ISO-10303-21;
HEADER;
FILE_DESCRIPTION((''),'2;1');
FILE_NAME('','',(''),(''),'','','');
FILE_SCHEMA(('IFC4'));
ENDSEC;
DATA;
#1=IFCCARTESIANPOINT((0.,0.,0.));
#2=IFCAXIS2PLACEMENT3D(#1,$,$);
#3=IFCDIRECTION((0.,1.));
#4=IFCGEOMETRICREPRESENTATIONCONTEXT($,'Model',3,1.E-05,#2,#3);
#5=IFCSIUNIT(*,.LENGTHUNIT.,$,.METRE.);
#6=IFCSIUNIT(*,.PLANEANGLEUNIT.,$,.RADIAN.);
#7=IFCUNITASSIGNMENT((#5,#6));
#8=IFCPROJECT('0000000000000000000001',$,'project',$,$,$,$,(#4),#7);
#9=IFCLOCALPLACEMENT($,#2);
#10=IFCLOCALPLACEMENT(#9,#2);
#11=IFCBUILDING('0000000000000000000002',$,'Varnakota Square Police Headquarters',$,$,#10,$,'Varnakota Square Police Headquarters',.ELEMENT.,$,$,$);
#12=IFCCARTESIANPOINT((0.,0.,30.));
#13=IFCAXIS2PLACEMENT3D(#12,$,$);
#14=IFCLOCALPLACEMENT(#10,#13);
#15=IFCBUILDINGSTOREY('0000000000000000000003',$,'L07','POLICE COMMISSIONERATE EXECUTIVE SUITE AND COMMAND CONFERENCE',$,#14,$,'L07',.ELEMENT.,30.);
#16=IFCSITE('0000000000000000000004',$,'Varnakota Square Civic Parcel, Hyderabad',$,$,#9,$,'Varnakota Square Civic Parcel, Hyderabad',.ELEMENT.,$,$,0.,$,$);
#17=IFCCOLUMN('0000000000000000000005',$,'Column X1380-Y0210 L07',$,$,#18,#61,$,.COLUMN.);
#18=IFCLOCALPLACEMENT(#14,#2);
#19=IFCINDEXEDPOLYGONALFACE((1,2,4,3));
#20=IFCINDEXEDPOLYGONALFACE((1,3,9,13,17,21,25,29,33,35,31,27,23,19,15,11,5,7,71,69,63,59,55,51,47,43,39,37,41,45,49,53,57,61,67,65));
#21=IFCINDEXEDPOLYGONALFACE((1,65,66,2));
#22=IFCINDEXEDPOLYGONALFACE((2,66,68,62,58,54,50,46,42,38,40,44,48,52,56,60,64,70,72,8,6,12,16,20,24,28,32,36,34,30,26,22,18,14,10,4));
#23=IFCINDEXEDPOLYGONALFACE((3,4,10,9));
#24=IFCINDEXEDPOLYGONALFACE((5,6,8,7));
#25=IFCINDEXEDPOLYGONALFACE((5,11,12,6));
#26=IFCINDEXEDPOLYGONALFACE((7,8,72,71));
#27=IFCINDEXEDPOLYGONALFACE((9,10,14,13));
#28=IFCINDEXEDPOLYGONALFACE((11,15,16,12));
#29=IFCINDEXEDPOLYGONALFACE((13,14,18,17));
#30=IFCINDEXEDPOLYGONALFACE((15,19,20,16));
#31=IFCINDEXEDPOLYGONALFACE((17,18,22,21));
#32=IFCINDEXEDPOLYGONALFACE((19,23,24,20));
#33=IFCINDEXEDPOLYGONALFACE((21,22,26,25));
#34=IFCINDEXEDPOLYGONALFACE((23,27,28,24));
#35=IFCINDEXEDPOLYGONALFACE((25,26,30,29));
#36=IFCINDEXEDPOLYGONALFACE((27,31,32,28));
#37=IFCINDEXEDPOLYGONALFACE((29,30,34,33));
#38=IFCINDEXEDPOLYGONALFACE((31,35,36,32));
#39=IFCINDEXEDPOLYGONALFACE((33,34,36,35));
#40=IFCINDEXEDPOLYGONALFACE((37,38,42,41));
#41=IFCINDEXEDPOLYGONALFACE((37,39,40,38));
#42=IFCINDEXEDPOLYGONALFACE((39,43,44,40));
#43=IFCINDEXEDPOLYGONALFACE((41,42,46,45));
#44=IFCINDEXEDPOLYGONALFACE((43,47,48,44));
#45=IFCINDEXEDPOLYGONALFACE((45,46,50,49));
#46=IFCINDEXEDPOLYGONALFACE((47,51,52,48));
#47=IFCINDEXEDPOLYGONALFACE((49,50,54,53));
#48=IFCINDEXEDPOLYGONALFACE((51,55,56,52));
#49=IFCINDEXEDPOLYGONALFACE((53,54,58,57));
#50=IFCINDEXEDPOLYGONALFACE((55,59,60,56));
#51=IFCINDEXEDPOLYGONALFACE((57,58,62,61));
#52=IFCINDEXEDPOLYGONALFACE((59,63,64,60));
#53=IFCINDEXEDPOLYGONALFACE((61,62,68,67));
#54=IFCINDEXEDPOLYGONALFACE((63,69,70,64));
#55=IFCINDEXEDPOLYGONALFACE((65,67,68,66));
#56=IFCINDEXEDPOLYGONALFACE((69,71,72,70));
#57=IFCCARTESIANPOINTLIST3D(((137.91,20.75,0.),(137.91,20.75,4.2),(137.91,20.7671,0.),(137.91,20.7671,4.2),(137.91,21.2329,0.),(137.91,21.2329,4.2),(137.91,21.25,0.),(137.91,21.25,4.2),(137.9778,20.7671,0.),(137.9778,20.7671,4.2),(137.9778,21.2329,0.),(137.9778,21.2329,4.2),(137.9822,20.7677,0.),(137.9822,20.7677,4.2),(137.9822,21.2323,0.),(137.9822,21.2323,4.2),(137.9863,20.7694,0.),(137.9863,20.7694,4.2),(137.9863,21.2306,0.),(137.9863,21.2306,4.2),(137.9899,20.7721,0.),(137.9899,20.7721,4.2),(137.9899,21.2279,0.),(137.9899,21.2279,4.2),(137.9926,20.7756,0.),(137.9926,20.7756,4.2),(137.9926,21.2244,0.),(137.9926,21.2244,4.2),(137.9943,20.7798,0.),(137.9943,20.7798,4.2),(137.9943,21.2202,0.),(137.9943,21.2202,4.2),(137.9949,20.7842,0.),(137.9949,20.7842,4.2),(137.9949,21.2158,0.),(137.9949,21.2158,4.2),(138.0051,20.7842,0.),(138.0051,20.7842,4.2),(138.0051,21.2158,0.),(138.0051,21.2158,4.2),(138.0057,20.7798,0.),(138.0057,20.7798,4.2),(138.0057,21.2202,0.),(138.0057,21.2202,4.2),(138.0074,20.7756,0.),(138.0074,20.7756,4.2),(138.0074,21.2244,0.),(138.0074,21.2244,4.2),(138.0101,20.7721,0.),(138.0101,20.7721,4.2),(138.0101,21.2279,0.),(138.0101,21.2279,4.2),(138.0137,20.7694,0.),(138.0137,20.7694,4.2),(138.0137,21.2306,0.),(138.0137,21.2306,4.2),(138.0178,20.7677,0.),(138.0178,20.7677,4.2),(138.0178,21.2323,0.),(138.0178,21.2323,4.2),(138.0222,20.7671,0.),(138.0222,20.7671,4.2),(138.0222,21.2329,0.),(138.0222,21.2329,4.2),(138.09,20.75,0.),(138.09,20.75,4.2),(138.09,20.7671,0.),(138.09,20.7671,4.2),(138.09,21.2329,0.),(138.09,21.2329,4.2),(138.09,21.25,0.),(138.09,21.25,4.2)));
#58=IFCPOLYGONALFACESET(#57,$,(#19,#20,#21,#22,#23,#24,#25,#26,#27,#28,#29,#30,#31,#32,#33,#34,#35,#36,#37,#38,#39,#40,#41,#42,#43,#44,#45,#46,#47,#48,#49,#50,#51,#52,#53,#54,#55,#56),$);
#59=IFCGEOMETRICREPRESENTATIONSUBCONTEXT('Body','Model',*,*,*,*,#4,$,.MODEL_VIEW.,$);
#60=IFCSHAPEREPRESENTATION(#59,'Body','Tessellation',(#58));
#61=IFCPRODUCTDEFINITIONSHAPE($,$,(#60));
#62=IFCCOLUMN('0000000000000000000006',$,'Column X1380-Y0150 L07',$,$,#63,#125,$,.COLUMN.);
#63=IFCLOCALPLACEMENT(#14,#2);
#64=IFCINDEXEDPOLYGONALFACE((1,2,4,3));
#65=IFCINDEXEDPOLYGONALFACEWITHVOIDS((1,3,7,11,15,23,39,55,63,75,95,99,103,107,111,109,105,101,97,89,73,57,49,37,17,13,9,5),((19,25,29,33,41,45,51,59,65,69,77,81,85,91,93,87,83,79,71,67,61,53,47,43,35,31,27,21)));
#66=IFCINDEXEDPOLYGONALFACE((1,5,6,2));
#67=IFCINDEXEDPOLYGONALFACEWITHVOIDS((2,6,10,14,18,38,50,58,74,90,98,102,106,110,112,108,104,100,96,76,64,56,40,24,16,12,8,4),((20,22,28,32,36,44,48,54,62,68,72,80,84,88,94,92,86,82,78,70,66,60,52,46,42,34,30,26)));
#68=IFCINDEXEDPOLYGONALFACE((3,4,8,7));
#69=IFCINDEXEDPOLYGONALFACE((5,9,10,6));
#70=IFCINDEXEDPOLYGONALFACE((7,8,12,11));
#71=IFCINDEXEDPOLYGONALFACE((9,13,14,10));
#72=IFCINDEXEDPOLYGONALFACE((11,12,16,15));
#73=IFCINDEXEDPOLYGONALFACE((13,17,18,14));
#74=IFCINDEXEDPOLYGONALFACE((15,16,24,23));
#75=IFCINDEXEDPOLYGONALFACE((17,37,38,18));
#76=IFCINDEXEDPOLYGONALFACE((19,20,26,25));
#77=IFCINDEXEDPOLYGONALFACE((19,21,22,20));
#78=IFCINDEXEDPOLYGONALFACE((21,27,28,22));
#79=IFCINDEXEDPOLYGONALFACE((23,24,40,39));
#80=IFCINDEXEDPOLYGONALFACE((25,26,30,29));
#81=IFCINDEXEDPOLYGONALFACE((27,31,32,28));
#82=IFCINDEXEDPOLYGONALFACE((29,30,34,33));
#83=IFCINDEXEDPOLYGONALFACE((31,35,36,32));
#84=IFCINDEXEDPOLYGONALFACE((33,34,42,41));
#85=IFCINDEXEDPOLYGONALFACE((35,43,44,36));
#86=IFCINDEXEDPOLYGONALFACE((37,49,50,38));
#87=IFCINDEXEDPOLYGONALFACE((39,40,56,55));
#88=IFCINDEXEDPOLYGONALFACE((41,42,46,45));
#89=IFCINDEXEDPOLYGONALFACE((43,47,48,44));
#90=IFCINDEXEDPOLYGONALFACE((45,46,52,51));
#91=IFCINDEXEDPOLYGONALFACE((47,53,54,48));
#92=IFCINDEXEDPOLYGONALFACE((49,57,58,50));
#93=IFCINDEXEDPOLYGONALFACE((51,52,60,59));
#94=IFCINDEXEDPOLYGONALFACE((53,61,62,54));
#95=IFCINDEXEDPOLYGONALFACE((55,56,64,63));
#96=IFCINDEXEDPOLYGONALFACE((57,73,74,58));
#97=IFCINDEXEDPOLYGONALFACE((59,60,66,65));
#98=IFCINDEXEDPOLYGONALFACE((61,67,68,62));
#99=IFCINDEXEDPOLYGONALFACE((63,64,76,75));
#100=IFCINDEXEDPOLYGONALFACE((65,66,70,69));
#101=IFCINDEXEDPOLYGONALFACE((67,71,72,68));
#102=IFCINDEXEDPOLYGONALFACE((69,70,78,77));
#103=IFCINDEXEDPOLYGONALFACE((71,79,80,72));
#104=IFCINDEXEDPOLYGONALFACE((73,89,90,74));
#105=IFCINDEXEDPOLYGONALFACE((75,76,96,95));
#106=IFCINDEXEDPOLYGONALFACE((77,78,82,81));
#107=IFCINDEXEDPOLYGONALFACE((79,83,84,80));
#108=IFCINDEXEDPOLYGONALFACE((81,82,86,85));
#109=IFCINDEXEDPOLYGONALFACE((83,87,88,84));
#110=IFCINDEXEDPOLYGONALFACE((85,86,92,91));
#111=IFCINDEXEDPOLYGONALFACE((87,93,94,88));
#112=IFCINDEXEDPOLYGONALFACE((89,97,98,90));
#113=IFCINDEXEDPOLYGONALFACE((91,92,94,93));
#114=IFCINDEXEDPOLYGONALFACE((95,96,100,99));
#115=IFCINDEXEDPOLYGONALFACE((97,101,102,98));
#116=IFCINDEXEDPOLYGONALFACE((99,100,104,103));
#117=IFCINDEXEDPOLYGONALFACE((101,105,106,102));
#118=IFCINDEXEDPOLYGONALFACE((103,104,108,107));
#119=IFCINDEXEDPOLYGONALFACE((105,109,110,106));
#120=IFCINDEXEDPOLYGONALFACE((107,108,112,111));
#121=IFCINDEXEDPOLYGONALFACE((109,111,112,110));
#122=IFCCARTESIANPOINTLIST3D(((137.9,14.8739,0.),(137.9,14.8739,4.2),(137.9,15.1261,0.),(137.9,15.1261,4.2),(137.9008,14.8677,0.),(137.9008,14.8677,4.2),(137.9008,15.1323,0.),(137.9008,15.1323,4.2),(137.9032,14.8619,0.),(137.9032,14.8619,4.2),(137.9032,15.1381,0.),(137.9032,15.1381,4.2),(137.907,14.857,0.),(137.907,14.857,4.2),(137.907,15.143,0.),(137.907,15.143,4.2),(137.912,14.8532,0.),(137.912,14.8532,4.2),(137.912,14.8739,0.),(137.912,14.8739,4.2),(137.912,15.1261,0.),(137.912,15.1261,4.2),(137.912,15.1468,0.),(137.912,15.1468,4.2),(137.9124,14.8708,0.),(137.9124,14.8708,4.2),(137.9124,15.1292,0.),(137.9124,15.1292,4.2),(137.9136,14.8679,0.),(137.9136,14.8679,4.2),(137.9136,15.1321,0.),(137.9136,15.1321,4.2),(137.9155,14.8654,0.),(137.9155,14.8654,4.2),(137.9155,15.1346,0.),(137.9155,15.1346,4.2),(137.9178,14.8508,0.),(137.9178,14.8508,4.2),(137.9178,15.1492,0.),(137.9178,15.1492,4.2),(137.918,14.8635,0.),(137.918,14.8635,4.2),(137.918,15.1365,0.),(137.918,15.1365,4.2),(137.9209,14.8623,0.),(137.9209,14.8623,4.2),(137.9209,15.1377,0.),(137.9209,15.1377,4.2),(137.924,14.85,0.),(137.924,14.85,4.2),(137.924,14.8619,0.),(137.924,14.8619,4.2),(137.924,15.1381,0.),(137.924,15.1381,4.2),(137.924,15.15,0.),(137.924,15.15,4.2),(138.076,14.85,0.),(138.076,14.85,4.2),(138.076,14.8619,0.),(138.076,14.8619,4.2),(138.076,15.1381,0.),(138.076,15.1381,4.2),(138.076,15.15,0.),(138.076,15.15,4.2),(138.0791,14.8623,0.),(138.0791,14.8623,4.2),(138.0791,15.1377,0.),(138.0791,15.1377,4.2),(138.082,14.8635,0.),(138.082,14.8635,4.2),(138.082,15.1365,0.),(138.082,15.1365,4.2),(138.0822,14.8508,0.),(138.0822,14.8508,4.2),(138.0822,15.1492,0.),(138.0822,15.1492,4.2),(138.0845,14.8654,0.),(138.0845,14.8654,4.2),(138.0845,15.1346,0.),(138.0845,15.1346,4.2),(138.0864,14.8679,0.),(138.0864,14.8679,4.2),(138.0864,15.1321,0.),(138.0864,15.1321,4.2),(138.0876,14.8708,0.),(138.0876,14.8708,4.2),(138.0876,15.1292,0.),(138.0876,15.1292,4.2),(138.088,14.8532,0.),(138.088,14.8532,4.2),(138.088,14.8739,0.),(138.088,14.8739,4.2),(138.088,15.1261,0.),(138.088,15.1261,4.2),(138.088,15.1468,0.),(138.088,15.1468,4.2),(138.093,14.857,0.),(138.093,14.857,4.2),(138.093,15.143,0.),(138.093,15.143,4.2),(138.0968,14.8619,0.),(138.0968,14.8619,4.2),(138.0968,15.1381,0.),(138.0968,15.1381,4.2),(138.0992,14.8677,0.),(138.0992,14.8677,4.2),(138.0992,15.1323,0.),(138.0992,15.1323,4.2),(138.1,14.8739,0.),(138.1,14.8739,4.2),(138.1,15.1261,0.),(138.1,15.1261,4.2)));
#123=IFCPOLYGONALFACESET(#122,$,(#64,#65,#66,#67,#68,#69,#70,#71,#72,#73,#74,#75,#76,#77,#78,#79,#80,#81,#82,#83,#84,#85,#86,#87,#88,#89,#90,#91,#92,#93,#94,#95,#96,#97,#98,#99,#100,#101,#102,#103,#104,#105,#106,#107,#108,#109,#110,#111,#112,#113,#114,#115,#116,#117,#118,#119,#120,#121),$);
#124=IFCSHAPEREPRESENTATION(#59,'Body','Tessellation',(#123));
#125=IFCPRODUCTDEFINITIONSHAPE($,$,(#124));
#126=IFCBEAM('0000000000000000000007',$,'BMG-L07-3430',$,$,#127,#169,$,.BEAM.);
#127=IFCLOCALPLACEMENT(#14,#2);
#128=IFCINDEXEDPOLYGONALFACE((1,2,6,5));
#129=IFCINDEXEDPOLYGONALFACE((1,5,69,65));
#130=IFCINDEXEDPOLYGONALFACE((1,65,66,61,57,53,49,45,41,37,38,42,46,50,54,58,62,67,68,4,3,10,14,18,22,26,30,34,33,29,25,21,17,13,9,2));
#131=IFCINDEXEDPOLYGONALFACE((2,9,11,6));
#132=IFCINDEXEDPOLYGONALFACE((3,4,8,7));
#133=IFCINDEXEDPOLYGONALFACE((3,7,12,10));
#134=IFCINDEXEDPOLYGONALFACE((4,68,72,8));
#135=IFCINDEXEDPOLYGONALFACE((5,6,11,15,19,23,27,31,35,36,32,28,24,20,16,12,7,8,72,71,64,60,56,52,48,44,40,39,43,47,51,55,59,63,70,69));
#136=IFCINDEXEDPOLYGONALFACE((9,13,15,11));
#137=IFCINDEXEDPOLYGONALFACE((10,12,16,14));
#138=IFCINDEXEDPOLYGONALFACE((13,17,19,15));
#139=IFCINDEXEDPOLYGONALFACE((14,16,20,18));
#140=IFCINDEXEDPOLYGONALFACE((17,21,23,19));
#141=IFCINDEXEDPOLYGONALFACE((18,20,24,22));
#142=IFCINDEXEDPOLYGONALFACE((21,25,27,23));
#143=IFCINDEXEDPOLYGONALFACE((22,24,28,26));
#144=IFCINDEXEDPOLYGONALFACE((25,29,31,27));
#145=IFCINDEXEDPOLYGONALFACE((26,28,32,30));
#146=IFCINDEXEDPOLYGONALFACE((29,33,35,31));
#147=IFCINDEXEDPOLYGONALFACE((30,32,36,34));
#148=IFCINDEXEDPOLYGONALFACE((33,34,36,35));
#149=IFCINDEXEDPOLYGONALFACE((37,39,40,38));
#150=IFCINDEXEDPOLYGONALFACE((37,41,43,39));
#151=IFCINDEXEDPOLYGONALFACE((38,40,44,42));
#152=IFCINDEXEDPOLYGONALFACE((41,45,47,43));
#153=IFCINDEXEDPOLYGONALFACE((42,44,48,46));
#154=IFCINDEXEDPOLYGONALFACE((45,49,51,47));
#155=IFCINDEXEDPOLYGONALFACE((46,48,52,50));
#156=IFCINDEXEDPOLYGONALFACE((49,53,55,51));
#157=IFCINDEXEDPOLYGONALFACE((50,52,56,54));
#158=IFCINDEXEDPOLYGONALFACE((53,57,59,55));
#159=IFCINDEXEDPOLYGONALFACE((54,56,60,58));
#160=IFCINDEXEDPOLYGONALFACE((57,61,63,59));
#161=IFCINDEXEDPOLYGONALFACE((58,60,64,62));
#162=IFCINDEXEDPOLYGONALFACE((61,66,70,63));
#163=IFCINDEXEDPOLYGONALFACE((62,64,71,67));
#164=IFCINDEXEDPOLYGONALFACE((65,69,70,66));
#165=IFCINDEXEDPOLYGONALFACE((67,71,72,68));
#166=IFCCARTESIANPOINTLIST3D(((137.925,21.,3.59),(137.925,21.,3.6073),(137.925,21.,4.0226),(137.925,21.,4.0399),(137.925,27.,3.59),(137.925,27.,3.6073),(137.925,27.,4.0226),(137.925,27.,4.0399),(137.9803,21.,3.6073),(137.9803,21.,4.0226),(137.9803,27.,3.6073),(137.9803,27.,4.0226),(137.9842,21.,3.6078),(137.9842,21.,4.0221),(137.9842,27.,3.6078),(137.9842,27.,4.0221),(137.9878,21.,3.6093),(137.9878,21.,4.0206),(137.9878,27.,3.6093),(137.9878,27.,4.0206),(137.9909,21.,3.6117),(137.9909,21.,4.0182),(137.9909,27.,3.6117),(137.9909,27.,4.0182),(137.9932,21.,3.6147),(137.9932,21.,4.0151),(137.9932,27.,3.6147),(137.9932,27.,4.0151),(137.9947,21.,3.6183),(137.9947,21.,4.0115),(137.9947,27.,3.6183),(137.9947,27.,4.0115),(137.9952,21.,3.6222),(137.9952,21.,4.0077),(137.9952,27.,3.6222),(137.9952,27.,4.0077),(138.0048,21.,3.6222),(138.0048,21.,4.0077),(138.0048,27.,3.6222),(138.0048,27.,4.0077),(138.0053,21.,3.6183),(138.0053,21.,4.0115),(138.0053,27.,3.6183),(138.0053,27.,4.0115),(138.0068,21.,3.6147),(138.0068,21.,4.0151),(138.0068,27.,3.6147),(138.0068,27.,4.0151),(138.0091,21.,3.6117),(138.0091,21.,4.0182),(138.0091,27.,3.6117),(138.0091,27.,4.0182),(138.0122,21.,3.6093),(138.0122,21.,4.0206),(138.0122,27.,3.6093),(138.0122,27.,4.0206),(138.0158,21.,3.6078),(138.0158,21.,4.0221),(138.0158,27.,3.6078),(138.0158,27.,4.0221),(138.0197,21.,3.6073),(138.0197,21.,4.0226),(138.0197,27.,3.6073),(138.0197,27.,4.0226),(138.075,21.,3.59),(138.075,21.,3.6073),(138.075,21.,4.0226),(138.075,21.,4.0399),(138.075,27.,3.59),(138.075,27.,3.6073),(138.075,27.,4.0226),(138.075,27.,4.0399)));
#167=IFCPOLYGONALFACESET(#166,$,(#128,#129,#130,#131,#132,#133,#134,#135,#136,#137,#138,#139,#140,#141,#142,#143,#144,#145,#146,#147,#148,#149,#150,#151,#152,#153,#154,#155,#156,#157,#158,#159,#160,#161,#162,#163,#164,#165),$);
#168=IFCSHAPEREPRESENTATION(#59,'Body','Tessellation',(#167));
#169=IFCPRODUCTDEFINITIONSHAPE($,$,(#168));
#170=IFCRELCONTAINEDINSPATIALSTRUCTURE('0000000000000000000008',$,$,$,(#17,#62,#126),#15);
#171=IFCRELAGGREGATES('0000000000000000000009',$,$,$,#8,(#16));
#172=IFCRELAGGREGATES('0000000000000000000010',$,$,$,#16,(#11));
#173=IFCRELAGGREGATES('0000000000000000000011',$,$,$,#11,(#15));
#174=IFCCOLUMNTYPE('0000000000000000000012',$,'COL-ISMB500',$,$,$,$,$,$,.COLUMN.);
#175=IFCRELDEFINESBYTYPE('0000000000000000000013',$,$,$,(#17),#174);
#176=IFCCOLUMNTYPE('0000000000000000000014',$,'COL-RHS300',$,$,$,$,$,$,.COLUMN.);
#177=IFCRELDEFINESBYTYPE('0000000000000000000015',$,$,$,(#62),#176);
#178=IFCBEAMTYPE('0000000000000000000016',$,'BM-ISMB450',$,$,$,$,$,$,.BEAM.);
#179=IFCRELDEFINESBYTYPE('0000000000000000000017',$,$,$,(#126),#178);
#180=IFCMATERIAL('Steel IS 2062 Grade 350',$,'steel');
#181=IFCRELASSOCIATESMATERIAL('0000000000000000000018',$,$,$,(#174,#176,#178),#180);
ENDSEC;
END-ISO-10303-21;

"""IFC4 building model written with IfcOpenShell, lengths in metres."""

from ifc_helpers import new_model, si_unit, direction, frame, origin, origin_2d, place, context, subcontext, project, spatial, hollow_rectangle, i_section, extrude, material, material_profile, profile_set, type_object, element, save


model = new_model("IFC4")

# Units and contexts
model_context = context("Model", 3, precision=1e-05, world=origin(), true_north=direction((0.0, 1.0)))
body_context = subcontext(model_context, "Body", "Model", "MODEL_VIEW")
ifc_project = project(units=[si_unit("LENGTHUNIT", "METRE"), si_unit("PLANEANGLEUNIT", "RADIAN")], contexts=[model_context])

# Site, building, storey
site_placement = place(None, origin())
site = spatial("IfcSite", under=ifc_project, at=site_placement, Name="Varnakota Square Civic Parcel, Hyderabad", LongName="Varnakota Square Civic Parcel, Hyderabad", CompositionType="ELEMENT", RefElevation=0.0)
building_placement = place(site_placement, origin())
building = spatial("IfcBuilding", under=site, at=building_placement, Name="Varnakota Square Police Headquarters", LongName="Varnakota Square Police Headquarters", CompositionType="ELEMENT")
storey_placement = place(building_placement, frame((0.0, 0.0, 30.0)))
storey = spatial("IfcBuildingStorey", under=building, at=storey_placement, Name="L07", Description="POLICE COMMISSIONERATE EXECUTIVE SUITE AND COMMAND CONFERENCE", LongName="L07", CompositionType="ELEMENT", Elevation=30.0)

# Columns
ifc_material_1 = material(Name="Steel IS 2062 Grade 350", Category="steel")
ifc_material_profile_1 = material_profile(ifc_material_1, i_section(OverallWidth=0.1799, OverallDepth=0.5, WebThickness=0.0103, FlangeThickness=0.0171, FilletRadius=0.0171, at=origin_2d()), Name="ISMB 500")
ifc_profile_set_1 = profile_set([ifc_material_profile_1], Name="Steel IS 2062 Grade 350")
column_type_1 = type_object("IfcColumnType", Name="COL-ISMB500", PredefinedType="COLUMN", material=ifc_profile_set_1)
column_1_placement = place(storey_placement, frame((138.0, 21.0, 0.0), z_axis=(0.0, 0.0, 1.0), x_axis=(1.0, 0.0, 0.0)))
element("IfcColumn", 1, at=column_1_placement, inside=storey, type_object=column_type_1, Name="Column X1380-Y0210 L07", PredefinedType="COLUMN", context=body_context, shape_type="SweptSolid", body=[
    extrude(i_section(OverallWidth=0.1799, OverallDepth=0.5, WebThickness=0.0103, FlangeThickness=0.0171, FilletRadius=0.0171, at=origin_2d()), origin(), (0.0, 0.0, 1.0), 4.2),
])
ifc_material_profile_2 = material_profile(ifc_material_1, hollow_rectangle(XDim=0.2, YDim=0.3, WallThickness=0.012, InnerFilletRadius=0.012, OuterFilletRadius=0.0239, at=origin_2d()), Name="RHS 300x200x12")
ifc_profile_set_2 = profile_set([ifc_material_profile_2], Name="Steel IS 2062 Grade 350")
column_type_2 = type_object("IfcColumnType", Name="COL-RHS300", PredefinedType="COLUMN", material=ifc_profile_set_2)
column_2_placement = place(storey_placement, frame((138.0, 15.0, 0.0), z_axis=(0.0, 0.0, 1.0), x_axis=(1.0, 0.0, 0.0)))
element("IfcColumn", 2, at=column_2_placement, inside=storey, type_object=column_type_2, Name="Column X1380-Y0150 L07", PredefinedType="COLUMN", context=body_context, shape_type="SweptSolid", body=[
    extrude(hollow_rectangle(XDim=0.2, YDim=0.3, WallThickness=0.012, InnerFilletRadius=0.012, OuterFilletRadius=0.0239, at=origin_2d()), origin(), (0.0, 0.0, 1.0), 4.2),
])

# Beam
ifc_material_profile_3 = material_profile(ifc_material_1, i_section(OverallWidth=0.1499, OverallDepth=0.45, WebThickness=0.0095, FlangeThickness=0.0173, FilletRadius=0.0149, at=origin_2d()), Name="ISMB 450")
ifc_profile_set_3 = profile_set([ifc_material_profile_3], Name="Steel IS 2062 Grade 350")
beam_type_1 = type_object("IfcBeamType", Name="BM-ISMB450", PredefinedType="BEAM", material=ifc_profile_set_3)
beam_1_placement = place(storey_placement, frame((138.0, 21.0, 3.8149), z_axis=(0.0, 1.0, 0.0), x_axis=(-1.0, 0.0, 0.0)))
element("IfcBeam", 3, at=beam_1_placement, inside=storey, type_object=beam_type_1, Name="BMG-L07-3430", PredefinedType="BEAM", context=body_context, shape_type="SweptSolid", body=[
    extrude(i_section(OverallWidth=0.1499, OverallDepth=0.45, WebThickness=0.0095, FlangeThickness=0.0173, FilletRadius=0.0149, at=origin_2d()), origin(), (0.0, 0.0, 1.0), 6.0),
])

save(model, "model.ifc")
